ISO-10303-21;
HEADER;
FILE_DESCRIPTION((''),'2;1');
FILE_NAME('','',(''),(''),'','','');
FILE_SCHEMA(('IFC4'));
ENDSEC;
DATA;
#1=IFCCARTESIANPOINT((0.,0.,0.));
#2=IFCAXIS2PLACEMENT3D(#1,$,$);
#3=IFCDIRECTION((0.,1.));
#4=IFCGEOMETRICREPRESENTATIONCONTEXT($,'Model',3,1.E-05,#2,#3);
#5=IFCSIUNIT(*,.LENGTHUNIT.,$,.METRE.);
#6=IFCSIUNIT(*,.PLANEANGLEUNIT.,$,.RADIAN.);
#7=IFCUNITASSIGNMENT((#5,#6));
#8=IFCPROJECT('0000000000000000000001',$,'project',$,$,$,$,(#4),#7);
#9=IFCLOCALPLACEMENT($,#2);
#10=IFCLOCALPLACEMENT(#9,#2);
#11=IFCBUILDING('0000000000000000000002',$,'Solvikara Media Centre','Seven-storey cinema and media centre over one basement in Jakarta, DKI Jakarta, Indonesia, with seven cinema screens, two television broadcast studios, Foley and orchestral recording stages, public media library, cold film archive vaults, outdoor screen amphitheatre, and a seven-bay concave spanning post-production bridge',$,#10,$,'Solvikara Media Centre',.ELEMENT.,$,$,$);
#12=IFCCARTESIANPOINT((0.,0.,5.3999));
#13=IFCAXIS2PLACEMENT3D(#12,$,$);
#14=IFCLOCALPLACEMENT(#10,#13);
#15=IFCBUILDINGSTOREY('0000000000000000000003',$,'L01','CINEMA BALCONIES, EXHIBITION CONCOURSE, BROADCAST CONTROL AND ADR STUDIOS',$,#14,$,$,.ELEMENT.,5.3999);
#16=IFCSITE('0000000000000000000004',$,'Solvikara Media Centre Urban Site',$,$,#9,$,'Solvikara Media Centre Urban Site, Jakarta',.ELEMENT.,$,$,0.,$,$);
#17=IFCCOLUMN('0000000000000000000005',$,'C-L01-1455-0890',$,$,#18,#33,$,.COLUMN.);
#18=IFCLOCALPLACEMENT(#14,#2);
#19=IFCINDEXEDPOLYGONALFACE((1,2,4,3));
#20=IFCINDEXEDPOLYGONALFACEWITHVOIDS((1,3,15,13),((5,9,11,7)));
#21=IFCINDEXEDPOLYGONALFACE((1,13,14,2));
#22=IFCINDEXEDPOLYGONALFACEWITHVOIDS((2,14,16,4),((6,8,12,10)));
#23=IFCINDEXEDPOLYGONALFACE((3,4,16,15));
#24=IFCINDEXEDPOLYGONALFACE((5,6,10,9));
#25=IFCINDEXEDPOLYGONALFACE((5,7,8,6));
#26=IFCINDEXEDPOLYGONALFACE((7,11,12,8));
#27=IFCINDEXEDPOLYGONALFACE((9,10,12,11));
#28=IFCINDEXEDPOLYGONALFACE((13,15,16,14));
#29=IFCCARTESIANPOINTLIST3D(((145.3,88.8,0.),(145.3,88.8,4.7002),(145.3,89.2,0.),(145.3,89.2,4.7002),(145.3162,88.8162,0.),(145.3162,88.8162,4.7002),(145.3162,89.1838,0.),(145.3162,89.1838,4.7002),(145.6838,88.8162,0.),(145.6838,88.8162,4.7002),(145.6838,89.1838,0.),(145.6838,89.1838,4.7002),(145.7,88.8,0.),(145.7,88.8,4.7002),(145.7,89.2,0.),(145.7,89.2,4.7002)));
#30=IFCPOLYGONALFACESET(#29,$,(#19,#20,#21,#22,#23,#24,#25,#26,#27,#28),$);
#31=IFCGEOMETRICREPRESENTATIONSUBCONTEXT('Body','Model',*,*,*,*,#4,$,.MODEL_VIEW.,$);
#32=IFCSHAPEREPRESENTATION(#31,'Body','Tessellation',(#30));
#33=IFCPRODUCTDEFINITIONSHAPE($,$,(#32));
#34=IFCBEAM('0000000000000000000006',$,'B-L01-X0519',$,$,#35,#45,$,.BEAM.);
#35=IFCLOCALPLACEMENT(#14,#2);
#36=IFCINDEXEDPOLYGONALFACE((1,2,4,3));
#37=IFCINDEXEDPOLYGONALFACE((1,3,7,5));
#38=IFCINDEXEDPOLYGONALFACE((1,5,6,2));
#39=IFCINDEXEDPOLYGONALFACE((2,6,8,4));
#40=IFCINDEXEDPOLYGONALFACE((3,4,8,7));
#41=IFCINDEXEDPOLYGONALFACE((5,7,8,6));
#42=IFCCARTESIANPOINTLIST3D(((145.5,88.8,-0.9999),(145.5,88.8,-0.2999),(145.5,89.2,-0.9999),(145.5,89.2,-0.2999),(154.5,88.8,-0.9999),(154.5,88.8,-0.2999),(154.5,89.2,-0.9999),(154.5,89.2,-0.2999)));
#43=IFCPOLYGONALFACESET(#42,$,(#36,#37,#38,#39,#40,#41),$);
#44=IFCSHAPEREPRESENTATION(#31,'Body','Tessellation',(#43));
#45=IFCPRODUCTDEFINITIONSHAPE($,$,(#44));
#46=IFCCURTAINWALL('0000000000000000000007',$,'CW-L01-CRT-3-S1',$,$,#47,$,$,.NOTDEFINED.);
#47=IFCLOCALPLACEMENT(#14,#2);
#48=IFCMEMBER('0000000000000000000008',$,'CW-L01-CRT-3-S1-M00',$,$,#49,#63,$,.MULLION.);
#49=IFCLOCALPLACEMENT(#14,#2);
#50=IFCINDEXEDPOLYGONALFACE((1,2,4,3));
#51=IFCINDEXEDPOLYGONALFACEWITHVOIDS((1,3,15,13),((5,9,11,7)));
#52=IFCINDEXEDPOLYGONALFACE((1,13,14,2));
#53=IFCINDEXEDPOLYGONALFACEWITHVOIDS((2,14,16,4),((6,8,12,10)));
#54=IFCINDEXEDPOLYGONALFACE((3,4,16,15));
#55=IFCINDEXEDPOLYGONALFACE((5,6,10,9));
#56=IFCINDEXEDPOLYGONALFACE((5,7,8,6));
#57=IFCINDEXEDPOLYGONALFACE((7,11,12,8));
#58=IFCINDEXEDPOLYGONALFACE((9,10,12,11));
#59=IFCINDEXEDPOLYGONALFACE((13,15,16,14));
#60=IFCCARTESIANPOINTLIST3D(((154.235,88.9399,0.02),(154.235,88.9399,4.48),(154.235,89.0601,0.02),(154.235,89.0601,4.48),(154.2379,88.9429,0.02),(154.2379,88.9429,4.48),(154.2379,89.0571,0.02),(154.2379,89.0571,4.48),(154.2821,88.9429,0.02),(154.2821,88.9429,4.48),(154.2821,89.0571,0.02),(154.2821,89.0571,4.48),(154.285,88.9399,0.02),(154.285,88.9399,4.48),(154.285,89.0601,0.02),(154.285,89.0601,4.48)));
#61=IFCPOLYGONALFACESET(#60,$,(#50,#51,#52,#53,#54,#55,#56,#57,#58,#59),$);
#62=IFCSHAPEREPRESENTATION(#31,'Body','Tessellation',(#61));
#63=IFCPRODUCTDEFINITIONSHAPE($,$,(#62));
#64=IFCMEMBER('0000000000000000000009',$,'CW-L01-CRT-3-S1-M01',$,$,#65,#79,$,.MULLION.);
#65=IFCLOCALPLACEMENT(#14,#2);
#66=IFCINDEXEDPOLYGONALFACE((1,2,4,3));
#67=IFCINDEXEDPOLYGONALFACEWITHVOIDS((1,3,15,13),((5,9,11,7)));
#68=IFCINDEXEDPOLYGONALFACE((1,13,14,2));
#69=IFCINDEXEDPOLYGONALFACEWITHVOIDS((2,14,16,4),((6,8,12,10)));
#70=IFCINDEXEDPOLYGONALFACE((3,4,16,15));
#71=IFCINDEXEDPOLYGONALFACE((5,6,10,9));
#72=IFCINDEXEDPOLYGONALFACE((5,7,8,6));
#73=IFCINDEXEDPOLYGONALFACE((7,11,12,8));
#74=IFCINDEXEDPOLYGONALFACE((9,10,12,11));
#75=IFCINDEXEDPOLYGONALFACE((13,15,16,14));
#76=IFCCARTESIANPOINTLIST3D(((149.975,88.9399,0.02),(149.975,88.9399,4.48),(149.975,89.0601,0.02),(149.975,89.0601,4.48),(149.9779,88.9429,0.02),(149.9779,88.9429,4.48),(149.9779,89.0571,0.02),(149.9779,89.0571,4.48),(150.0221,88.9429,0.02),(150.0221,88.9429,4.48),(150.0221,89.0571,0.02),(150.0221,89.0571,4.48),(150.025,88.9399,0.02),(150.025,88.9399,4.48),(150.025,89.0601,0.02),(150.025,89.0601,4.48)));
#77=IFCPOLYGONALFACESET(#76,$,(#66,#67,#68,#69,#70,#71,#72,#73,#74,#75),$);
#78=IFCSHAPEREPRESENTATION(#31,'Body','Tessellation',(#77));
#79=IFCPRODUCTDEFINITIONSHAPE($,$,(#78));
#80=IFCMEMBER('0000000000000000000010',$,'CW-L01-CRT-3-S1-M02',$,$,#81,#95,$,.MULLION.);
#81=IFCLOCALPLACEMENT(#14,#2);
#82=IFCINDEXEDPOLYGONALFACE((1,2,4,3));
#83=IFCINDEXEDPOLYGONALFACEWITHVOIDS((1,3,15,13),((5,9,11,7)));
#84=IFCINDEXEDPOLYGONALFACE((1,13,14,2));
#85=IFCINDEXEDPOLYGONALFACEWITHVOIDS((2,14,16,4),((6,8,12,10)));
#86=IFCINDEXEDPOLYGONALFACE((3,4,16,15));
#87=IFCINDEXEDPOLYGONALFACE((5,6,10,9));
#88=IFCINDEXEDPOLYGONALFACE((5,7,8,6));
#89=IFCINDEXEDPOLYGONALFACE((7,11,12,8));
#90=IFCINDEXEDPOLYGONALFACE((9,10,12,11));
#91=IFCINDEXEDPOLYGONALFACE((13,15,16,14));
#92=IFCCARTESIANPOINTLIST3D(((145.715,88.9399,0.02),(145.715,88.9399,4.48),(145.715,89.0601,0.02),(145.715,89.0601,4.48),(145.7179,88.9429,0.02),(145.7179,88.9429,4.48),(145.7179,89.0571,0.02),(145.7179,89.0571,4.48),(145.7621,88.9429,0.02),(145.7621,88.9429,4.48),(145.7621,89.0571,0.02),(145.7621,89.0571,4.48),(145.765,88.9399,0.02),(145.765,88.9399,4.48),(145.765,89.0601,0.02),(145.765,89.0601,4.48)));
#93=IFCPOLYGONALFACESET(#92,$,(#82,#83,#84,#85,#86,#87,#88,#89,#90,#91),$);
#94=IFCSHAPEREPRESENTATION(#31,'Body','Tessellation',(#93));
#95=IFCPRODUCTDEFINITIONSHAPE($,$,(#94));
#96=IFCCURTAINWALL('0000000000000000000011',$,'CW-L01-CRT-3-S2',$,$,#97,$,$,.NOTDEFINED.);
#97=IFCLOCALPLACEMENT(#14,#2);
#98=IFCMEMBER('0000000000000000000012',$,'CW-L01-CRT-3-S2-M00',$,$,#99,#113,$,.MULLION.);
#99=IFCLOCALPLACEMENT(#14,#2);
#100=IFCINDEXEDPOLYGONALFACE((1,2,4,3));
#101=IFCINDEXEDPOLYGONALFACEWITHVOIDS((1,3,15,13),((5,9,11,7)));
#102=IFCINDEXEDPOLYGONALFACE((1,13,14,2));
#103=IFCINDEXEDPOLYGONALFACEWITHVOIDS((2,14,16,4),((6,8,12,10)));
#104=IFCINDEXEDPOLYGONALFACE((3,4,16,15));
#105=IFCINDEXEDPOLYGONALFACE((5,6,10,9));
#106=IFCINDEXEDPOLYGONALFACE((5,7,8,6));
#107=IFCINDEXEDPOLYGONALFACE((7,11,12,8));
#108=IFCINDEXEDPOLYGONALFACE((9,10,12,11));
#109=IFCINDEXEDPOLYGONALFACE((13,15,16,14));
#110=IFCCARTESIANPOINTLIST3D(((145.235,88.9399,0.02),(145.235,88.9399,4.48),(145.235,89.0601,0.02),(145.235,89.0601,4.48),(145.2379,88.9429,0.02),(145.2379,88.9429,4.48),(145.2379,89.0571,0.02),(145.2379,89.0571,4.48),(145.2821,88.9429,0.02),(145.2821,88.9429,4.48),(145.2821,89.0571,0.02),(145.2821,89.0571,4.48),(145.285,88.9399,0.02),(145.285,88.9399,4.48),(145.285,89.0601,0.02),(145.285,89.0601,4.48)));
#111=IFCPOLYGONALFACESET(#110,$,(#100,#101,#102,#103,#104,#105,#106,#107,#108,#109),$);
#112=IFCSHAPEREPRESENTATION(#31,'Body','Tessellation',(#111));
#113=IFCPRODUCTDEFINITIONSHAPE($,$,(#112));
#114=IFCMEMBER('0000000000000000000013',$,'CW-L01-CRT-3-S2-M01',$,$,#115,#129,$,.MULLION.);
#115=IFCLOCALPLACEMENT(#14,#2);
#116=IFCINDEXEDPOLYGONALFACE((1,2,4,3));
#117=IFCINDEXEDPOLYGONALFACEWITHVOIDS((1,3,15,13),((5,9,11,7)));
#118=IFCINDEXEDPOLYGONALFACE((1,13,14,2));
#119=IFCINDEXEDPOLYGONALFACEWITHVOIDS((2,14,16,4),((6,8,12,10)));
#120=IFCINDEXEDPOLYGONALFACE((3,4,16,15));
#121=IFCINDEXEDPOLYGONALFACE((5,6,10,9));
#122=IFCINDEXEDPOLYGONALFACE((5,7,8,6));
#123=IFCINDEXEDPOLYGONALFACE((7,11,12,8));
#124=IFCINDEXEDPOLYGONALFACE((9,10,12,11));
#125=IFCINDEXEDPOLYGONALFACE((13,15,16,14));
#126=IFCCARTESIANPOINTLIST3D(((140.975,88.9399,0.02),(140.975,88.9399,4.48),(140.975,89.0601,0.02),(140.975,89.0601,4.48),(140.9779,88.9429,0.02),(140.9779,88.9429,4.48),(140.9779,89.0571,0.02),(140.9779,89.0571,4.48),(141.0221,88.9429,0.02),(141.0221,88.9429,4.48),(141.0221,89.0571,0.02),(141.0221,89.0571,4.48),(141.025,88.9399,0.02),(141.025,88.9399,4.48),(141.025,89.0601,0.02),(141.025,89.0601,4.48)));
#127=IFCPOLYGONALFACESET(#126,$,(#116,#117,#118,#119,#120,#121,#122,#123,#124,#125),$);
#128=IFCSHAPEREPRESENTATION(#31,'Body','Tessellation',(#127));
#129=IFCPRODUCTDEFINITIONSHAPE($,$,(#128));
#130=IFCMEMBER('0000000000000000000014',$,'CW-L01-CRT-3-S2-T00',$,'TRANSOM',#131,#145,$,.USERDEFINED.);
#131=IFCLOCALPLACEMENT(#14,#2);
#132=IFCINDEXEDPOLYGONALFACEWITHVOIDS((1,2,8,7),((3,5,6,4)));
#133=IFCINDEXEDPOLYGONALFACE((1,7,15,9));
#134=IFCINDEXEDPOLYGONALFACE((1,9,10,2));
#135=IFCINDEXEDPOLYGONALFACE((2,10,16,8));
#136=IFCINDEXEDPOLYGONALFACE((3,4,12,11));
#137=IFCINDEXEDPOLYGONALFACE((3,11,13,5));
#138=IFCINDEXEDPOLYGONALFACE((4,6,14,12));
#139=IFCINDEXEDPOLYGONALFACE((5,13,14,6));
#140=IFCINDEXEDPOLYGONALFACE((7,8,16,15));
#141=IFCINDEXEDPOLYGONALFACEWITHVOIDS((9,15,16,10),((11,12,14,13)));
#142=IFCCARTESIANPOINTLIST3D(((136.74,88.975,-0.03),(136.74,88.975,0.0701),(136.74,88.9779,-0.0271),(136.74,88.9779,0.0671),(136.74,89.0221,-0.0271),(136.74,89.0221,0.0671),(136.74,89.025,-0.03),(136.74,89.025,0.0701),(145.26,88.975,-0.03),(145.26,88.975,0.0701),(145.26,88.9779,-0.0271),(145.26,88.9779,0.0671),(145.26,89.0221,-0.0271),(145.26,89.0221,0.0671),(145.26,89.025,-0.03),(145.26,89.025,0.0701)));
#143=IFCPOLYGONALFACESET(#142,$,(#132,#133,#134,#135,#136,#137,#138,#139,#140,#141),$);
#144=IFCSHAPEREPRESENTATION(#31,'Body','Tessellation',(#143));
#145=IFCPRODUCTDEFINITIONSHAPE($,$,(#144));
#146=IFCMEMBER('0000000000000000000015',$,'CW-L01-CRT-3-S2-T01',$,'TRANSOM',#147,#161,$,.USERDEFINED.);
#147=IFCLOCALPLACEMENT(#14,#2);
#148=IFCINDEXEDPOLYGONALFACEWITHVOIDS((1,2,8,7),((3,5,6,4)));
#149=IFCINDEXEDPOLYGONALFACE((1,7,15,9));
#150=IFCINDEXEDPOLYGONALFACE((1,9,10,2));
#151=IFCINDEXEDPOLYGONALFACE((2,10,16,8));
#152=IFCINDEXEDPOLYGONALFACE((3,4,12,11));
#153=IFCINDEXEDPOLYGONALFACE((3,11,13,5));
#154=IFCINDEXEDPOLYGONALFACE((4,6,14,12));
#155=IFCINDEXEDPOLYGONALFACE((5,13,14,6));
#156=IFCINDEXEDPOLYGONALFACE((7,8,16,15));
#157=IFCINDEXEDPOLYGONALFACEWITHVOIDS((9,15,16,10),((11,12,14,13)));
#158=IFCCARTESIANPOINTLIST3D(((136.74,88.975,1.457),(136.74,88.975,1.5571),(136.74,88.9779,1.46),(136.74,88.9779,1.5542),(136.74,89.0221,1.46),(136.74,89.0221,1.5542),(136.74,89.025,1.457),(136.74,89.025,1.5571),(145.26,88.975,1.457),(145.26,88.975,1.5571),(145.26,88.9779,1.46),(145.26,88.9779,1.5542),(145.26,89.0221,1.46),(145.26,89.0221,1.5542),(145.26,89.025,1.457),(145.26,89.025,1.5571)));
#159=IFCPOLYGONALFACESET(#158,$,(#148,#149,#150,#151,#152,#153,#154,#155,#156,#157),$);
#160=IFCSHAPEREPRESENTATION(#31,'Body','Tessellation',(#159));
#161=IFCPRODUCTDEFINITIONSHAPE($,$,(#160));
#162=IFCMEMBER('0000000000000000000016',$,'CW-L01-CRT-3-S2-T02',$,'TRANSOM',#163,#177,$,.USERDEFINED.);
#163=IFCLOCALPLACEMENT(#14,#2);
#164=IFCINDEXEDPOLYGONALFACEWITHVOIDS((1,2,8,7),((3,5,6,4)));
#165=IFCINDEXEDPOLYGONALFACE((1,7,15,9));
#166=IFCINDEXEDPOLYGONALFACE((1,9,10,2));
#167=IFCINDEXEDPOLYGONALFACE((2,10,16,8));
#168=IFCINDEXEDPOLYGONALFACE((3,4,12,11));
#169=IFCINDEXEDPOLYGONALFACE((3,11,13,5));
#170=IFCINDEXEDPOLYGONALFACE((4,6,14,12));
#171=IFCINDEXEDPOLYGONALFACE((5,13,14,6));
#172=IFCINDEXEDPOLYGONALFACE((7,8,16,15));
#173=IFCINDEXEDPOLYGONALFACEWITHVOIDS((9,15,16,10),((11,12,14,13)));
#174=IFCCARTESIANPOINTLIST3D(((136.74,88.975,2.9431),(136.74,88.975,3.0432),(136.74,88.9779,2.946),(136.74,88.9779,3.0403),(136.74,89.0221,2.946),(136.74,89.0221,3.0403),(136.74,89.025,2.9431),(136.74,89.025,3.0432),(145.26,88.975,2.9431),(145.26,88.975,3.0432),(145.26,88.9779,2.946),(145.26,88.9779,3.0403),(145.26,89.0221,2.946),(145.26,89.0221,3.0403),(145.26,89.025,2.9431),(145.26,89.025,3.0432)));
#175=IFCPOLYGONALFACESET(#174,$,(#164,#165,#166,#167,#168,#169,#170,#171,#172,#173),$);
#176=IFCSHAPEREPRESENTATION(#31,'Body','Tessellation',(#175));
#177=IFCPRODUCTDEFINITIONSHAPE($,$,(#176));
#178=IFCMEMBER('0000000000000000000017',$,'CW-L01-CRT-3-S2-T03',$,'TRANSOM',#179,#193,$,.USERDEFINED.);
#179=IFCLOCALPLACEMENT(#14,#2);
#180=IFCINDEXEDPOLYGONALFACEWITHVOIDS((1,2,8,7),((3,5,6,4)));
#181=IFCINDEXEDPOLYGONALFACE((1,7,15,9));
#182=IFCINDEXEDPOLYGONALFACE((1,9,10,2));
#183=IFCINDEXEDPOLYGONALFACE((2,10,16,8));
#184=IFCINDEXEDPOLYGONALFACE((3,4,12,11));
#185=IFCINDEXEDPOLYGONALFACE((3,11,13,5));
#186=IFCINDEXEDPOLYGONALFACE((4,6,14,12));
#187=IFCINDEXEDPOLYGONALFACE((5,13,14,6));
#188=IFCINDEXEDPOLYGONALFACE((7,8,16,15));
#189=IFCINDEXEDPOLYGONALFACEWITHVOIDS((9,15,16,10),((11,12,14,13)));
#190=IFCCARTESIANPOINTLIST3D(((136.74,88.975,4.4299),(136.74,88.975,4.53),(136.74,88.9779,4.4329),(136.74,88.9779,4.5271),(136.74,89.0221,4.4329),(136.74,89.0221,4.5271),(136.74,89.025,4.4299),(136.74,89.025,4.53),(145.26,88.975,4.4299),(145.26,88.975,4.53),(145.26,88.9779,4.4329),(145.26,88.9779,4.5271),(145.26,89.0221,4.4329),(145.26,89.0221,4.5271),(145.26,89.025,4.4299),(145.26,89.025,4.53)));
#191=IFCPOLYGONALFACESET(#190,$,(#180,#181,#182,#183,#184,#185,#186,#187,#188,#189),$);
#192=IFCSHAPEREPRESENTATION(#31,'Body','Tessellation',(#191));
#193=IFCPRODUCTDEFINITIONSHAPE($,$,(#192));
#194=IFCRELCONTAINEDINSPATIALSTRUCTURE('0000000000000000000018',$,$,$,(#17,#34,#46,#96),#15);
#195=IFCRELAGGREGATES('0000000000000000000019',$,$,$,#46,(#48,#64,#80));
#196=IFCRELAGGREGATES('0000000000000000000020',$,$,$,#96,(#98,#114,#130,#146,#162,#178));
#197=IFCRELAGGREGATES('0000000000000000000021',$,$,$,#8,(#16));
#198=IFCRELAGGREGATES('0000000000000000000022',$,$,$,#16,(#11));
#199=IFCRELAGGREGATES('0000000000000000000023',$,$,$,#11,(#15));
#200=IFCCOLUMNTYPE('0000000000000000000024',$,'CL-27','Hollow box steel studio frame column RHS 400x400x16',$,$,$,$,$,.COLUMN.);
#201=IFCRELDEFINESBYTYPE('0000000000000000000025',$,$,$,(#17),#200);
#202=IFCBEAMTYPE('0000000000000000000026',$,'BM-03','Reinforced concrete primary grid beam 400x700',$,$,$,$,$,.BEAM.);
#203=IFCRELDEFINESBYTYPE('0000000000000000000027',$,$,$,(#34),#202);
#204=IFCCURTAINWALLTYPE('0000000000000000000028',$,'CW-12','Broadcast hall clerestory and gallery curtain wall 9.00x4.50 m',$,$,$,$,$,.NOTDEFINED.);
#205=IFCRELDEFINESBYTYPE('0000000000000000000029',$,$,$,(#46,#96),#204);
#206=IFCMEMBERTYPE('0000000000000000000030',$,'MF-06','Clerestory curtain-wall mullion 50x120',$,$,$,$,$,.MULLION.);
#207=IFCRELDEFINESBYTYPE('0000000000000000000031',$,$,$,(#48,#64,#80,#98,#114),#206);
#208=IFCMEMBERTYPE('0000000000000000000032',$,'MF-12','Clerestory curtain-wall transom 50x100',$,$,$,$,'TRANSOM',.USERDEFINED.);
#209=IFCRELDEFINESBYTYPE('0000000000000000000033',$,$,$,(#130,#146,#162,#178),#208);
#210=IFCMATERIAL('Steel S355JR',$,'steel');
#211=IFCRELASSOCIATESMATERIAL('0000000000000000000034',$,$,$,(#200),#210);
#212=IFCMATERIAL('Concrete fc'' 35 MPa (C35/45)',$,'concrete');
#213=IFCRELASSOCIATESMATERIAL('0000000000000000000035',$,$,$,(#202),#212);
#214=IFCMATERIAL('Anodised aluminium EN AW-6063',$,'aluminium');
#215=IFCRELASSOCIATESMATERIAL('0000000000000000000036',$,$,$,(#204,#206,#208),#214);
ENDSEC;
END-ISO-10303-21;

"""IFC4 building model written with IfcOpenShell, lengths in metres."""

from ifc_helpers import new_model, si_unit, direction, frame, origin, origin_2d, place, context, subcontext, project, spatial, rectangle, hollow_rectangle, extrude, material, material_profile, profile_set, type_object, element, aggregate, save


model = new_model("IFC4")

# Units and contexts
model_context = context("Model", 3, precision=1e-05, world=origin(), true_north=direction((0.0, 1.0)))
body_context = subcontext(model_context, "Body", "Model", "MODEL_VIEW")
ifc_project = project(units=[si_unit("LENGTHUNIT", "METRE"), si_unit("PLANEANGLEUNIT", "RADIAN")], contexts=[model_context])

# Site, building, storey
site_placement = place(None, origin())
site = spatial("IfcSite", under=ifc_project, at=site_placement, Name="Solvikara Media Centre Urban Site", LongName="Solvikara Media Centre Urban Site, Jakarta", CompositionType="ELEMENT", RefElevation=0.0)
building_placement = place(site_placement, origin())
building = spatial("IfcBuilding", under=site, at=building_placement, Name="Solvikara Media Centre", Description="Seven-storey cinema and media centre over one basement in Jakarta, DKI Jakarta, Indonesia, with seven cinema screens, two television broadcast studios, Foley and orchestral recording stages, public media library, cold film archive vaults, outdoor screen amphitheatre, and a seven-bay concave spanning post-production bridge", LongName="Solvikara Media Centre", CompositionType="ELEMENT")
storey_placement = place(building_placement, frame((0.0, 0.0, 5.3999)))
storey = spatial("IfcBuildingStorey", under=building, at=storey_placement, Name="L01", Description="CINEMA BALCONIES, EXHIBITION CONCOURSE, BROADCAST CONTROL AND ADR STUDIOS", CompositionType="ELEMENT", Elevation=5.3999)

# Column
ifc_material_1 = material(Name="Steel S355JR", Category="steel")
ifc_material_profile_1 = material_profile(ifc_material_1, hollow_rectangle(XDim=0.3999, YDim=0.3999, WallThickness=0.0161, at=origin_2d()), Name="RHS 400x400x16")
ifc_profile_set_1 = profile_set([ifc_material_profile_1], Name="Steel S355JR")
column_type = type_object("IfcColumnType", Name="CL-27", Description="Hollow box steel studio frame column RHS 400x400x16", PredefinedType="COLUMN", material=ifc_profile_set_1)
column_placement = place(storey_placement, frame((145.5, 89.0, 0.0), z_axis=(0.0, 0.0, 1.0), x_axis=(1.0, 0.0, 0.0)))
element("IfcColumn", 1, at=column_placement, inside=storey, type_object=column_type, Name="C-L01-1455-0890", PredefinedType="COLUMN", context=body_context, shape_type="SweptSolid", body=[
    extrude(hollow_rectangle(XDim=0.3999, YDim=0.3999, WallThickness=0.0161, at=origin_2d()), origin(), (0.0, 0.0, 1.0), 4.7002),
])

# Beam
ifc_material_2 = material(Name="Concrete fc' 35 MPa (C35/45)", Category="concrete")
ifc_material_profile_2 = material_profile(ifc_material_2, rectangle(XDim=0.3999, YDim=0.7, at=origin_2d()), Name="RC 400x700")
ifc_profile_set_2 = profile_set([ifc_material_profile_2], Name="Concrete fc' 35 MPa (C35/45)")
beam_type = type_object("IfcBeamType", Name="BM-03", Description="Reinforced concrete primary grid beam 400x700", PredefinedType="BEAM", material=ifc_profile_set_2)
beam_placement = place(storey_placement, frame((145.5, 89.0, -0.6499), z_axis=(1.0, 0.0, 0.0), x_axis=(0.0, 1.0, 0.0)))
element("IfcBeam", 2, at=beam_placement, inside=storey, type_object=beam_type, Name="B-L01-X0519", PredefinedType="BEAM", context=body_context, shape_type="SweptSolid", body=[
    extrude(rectangle(XDim=0.3999, YDim=0.7, at=origin_2d()), origin(), (0.0, 0.0, 1.0), 9.0),
])

# Curtain walls, members
ifc_material_3 = material(Name="Anodised aluminium EN AW-6063", Category="aluminium")
curtain_wall_type = type_object("IfcCurtainWallType", Name="CW-12", Description="Broadcast hall clerestory and gallery curtain wall 9.00x4.50 m", PredefinedType="NOTDEFINED", material=ifc_material_3)
curtain_wall_1_placement = place(storey_placement, origin())
curtain_wall_1 = element("IfcCurtainWall", 3, at=curtain_wall_1_placement, inside=storey, type_object=curtain_wall_type, Name="CW-L01-CRT-3-S1", PredefinedType="NOTDEFINED")
ifc_material_profile_3 = material_profile(ifc_material_3, hollow_rectangle(XDim=0.05, YDim=0.1201, WallThickness=0.0029, at=origin_2d()), Name="ALU-M 50x120x3")
ifc_profile_set_3 = profile_set([ifc_material_profile_3], Name="Anodised aluminium EN AW-6063")
member_type_1 = type_object("IfcMemberType", Name="MF-06", Description="Clerestory curtain-wall mullion 50x120", PredefinedType="MULLION", material=ifc_profile_set_3)
member_1_placement = place(storey_placement, frame((154.26, 89.0, 0.02), z_axis=(0.0, 0.0, 1.0), x_axis=(-1.0, 0.0, 0.0)))
member_1 = element("IfcMember", 4, at=member_1_placement, type_object=member_type_1, Name="CW-L01-CRT-3-S1-M00", PredefinedType="MULLION", context=body_context, shape_type="SweptSolid", body=[
    extrude(hollow_rectangle(XDim=0.05, YDim=0.1201, WallThickness=0.0029, at=origin_2d()), origin(), (0.0, 0.0, 1.0), 4.46),
])
member_2_placement = place(storey_placement, frame((150.0, 89.0, 0.02), z_axis=(0.0, 0.0, 1.0), x_axis=(-1.0, 0.0, 0.0)))
member_2 = element("IfcMember", 5, at=member_2_placement, type_object=member_type_1, Name="CW-L01-CRT-3-S1-M01", PredefinedType="MULLION", context=body_context, shape_type="SweptSolid", body=[
    extrude(hollow_rectangle(XDim=0.05, YDim=0.1201, WallThickness=0.0029, at=origin_2d()), origin(), (0.0, 0.0, 1.0), 4.46),
])
member_3_placement = place(storey_placement, frame((145.74, 89.0, 0.02), z_axis=(0.0, 0.0, 1.0), x_axis=(-1.0, 0.0, 0.0)))
member_3 = element("IfcMember", 6, at=member_3_placement, type_object=member_type_1, Name="CW-L01-CRT-3-S1-M02", PredefinedType="MULLION", context=body_context, shape_type="SweptSolid", body=[
    extrude(hollow_rectangle(XDim=0.05, YDim=0.1201, WallThickness=0.0029, at=origin_2d()), origin(), (0.0, 0.0, 1.0), 4.46),
])
curtain_wall_2_placement = place(storey_placement, origin())
curtain_wall_2 = element("IfcCurtainWall", 7, at=curtain_wall_2_placement, inside=storey, type_object=curtain_wall_type, Name="CW-L01-CRT-3-S2", PredefinedType="NOTDEFINED")
member_4_placement = place(storey_placement, frame((145.26, 89.0, 0.02), z_axis=(0.0, 0.0, 1.0), x_axis=(-1.0, 0.0, 0.0)))
member_4 = element("IfcMember", 8, at=member_4_placement, type_object=member_type_1, Name="CW-L01-CRT-3-S2-M00", PredefinedType="MULLION", context=body_context, shape_type="SweptSolid", body=[
    extrude(hollow_rectangle(XDim=0.05, YDim=0.1201, WallThickness=0.0029, at=origin_2d()), origin(), (0.0, 0.0, 1.0), 4.46),
])
member_5_placement = place(storey_placement, frame((141.0, 89.0, 0.02), z_axis=(0.0, 0.0, 1.0), x_axis=(-1.0, 0.0, 0.0)))
member_5 = element("IfcMember", 9, at=member_5_placement, type_object=member_type_1, Name="CW-L01-CRT-3-S2-M01", PredefinedType="MULLION", context=body_context, shape_type="SweptSolid", body=[
    extrude(hollow_rectangle(XDim=0.05, YDim=0.1201, WallThickness=0.0029, at=origin_2d()), origin(), (0.0, 0.0, 1.0), 4.46),
])
ifc_material_profile_4 = material_profile(ifc_material_3, hollow_rectangle(XDim=0.05, YDim=0.1001, WallThickness=0.0029, at=origin_2d()), Name="ALU-T 50x100x3")
ifc_profile_set_4 = profile_set([ifc_material_profile_4], Name="Anodised aluminium EN AW-6063")
member_type_2 = type_object("IfcMemberType", Name="MF-12", Description="Clerestory curtain-wall transom 50x100", ElementType="TRANSOM", PredefinedType="USERDEFINED", material=ifc_profile_set_4)
member_6_placement = place(storey_placement, frame((145.26, 89.0, 0.02), z_axis=(-1.0, 0.0, 0.0), x_axis=(0.0, -1.0, 0.0)))
member_6 = element("IfcMember", 10, at=member_6_placement, type_object=member_type_2, Name="CW-L01-CRT-3-S2-T00", ObjectType="TRANSOM", PredefinedType="USERDEFINED", context=body_context, shape_type="SweptSolid", body=[
    extrude(hollow_rectangle(XDim=0.05, YDim=0.1001, WallThickness=0.0029, at=origin_2d()), origin(), (0.0, 0.0, 1.0), 8.52),
])
member_7_placement = place(storey_placement, frame((145.26, 89.0, 1.5071), z_axis=(-1.0, 0.0, 0.0), x_axis=(0.0, -1.0, 0.0)))
member_7 = element("IfcMember", 11, at=member_7_placement, type_object=member_type_2, Name="CW-L01-CRT-3-S2-T01", ObjectType="TRANSOM", PredefinedType="USERDEFINED", context=body_context, shape_type="SweptSolid", body=[
    extrude(hollow_rectangle(XDim=0.05, YDim=0.1001, WallThickness=0.0029, at=origin_2d()), origin(), (0.0, 0.0, 1.0), 8.52),
])
member_8_placement = place(storey_placement, frame((145.26, 89.0, 2.9932), z_axis=(-1.0, 0.0, 0.0), x_axis=(0.0, -1.0, 0.0)))
member_8 = element("IfcMember", 12, at=member_8_placement, type_object=member_type_2, Name="CW-L01-CRT-3-S2-T02", ObjectType="TRANSOM", PredefinedType="USERDEFINED", context=body_context, shape_type="SweptSolid", body=[
    extrude(hollow_rectangle(XDim=0.05, YDim=0.1001, WallThickness=0.0029, at=origin_2d()), origin(), (0.0, 0.0, 1.0), 8.52),
])
member_9_placement = place(storey_placement, frame((145.26, 89.0, 4.48), z_axis=(-1.0, 0.0, 0.0), x_axis=(0.0, -1.0, 0.0)))
member_9 = element("IfcMember", 13, at=member_9_placement, type_object=member_type_2, Name="CW-L01-CRT-3-S2-T03", ObjectType="TRANSOM", PredefinedType="USERDEFINED", context=body_context, shape_type="SweptSolid", body=[
    extrude(hollow_rectangle(XDim=0.05, YDim=0.1001, WallThickness=0.0029, at=origin_2d()), origin(), (0.0, 0.0, 1.0), 8.52),
])

aggregate(curtain_wall_1, [member_1, member_2, member_3])
aggregate(curtain_wall_2, [member_4, member_5, member_6, member_7, member_8, member_9])

save(model, "model.ifc")
